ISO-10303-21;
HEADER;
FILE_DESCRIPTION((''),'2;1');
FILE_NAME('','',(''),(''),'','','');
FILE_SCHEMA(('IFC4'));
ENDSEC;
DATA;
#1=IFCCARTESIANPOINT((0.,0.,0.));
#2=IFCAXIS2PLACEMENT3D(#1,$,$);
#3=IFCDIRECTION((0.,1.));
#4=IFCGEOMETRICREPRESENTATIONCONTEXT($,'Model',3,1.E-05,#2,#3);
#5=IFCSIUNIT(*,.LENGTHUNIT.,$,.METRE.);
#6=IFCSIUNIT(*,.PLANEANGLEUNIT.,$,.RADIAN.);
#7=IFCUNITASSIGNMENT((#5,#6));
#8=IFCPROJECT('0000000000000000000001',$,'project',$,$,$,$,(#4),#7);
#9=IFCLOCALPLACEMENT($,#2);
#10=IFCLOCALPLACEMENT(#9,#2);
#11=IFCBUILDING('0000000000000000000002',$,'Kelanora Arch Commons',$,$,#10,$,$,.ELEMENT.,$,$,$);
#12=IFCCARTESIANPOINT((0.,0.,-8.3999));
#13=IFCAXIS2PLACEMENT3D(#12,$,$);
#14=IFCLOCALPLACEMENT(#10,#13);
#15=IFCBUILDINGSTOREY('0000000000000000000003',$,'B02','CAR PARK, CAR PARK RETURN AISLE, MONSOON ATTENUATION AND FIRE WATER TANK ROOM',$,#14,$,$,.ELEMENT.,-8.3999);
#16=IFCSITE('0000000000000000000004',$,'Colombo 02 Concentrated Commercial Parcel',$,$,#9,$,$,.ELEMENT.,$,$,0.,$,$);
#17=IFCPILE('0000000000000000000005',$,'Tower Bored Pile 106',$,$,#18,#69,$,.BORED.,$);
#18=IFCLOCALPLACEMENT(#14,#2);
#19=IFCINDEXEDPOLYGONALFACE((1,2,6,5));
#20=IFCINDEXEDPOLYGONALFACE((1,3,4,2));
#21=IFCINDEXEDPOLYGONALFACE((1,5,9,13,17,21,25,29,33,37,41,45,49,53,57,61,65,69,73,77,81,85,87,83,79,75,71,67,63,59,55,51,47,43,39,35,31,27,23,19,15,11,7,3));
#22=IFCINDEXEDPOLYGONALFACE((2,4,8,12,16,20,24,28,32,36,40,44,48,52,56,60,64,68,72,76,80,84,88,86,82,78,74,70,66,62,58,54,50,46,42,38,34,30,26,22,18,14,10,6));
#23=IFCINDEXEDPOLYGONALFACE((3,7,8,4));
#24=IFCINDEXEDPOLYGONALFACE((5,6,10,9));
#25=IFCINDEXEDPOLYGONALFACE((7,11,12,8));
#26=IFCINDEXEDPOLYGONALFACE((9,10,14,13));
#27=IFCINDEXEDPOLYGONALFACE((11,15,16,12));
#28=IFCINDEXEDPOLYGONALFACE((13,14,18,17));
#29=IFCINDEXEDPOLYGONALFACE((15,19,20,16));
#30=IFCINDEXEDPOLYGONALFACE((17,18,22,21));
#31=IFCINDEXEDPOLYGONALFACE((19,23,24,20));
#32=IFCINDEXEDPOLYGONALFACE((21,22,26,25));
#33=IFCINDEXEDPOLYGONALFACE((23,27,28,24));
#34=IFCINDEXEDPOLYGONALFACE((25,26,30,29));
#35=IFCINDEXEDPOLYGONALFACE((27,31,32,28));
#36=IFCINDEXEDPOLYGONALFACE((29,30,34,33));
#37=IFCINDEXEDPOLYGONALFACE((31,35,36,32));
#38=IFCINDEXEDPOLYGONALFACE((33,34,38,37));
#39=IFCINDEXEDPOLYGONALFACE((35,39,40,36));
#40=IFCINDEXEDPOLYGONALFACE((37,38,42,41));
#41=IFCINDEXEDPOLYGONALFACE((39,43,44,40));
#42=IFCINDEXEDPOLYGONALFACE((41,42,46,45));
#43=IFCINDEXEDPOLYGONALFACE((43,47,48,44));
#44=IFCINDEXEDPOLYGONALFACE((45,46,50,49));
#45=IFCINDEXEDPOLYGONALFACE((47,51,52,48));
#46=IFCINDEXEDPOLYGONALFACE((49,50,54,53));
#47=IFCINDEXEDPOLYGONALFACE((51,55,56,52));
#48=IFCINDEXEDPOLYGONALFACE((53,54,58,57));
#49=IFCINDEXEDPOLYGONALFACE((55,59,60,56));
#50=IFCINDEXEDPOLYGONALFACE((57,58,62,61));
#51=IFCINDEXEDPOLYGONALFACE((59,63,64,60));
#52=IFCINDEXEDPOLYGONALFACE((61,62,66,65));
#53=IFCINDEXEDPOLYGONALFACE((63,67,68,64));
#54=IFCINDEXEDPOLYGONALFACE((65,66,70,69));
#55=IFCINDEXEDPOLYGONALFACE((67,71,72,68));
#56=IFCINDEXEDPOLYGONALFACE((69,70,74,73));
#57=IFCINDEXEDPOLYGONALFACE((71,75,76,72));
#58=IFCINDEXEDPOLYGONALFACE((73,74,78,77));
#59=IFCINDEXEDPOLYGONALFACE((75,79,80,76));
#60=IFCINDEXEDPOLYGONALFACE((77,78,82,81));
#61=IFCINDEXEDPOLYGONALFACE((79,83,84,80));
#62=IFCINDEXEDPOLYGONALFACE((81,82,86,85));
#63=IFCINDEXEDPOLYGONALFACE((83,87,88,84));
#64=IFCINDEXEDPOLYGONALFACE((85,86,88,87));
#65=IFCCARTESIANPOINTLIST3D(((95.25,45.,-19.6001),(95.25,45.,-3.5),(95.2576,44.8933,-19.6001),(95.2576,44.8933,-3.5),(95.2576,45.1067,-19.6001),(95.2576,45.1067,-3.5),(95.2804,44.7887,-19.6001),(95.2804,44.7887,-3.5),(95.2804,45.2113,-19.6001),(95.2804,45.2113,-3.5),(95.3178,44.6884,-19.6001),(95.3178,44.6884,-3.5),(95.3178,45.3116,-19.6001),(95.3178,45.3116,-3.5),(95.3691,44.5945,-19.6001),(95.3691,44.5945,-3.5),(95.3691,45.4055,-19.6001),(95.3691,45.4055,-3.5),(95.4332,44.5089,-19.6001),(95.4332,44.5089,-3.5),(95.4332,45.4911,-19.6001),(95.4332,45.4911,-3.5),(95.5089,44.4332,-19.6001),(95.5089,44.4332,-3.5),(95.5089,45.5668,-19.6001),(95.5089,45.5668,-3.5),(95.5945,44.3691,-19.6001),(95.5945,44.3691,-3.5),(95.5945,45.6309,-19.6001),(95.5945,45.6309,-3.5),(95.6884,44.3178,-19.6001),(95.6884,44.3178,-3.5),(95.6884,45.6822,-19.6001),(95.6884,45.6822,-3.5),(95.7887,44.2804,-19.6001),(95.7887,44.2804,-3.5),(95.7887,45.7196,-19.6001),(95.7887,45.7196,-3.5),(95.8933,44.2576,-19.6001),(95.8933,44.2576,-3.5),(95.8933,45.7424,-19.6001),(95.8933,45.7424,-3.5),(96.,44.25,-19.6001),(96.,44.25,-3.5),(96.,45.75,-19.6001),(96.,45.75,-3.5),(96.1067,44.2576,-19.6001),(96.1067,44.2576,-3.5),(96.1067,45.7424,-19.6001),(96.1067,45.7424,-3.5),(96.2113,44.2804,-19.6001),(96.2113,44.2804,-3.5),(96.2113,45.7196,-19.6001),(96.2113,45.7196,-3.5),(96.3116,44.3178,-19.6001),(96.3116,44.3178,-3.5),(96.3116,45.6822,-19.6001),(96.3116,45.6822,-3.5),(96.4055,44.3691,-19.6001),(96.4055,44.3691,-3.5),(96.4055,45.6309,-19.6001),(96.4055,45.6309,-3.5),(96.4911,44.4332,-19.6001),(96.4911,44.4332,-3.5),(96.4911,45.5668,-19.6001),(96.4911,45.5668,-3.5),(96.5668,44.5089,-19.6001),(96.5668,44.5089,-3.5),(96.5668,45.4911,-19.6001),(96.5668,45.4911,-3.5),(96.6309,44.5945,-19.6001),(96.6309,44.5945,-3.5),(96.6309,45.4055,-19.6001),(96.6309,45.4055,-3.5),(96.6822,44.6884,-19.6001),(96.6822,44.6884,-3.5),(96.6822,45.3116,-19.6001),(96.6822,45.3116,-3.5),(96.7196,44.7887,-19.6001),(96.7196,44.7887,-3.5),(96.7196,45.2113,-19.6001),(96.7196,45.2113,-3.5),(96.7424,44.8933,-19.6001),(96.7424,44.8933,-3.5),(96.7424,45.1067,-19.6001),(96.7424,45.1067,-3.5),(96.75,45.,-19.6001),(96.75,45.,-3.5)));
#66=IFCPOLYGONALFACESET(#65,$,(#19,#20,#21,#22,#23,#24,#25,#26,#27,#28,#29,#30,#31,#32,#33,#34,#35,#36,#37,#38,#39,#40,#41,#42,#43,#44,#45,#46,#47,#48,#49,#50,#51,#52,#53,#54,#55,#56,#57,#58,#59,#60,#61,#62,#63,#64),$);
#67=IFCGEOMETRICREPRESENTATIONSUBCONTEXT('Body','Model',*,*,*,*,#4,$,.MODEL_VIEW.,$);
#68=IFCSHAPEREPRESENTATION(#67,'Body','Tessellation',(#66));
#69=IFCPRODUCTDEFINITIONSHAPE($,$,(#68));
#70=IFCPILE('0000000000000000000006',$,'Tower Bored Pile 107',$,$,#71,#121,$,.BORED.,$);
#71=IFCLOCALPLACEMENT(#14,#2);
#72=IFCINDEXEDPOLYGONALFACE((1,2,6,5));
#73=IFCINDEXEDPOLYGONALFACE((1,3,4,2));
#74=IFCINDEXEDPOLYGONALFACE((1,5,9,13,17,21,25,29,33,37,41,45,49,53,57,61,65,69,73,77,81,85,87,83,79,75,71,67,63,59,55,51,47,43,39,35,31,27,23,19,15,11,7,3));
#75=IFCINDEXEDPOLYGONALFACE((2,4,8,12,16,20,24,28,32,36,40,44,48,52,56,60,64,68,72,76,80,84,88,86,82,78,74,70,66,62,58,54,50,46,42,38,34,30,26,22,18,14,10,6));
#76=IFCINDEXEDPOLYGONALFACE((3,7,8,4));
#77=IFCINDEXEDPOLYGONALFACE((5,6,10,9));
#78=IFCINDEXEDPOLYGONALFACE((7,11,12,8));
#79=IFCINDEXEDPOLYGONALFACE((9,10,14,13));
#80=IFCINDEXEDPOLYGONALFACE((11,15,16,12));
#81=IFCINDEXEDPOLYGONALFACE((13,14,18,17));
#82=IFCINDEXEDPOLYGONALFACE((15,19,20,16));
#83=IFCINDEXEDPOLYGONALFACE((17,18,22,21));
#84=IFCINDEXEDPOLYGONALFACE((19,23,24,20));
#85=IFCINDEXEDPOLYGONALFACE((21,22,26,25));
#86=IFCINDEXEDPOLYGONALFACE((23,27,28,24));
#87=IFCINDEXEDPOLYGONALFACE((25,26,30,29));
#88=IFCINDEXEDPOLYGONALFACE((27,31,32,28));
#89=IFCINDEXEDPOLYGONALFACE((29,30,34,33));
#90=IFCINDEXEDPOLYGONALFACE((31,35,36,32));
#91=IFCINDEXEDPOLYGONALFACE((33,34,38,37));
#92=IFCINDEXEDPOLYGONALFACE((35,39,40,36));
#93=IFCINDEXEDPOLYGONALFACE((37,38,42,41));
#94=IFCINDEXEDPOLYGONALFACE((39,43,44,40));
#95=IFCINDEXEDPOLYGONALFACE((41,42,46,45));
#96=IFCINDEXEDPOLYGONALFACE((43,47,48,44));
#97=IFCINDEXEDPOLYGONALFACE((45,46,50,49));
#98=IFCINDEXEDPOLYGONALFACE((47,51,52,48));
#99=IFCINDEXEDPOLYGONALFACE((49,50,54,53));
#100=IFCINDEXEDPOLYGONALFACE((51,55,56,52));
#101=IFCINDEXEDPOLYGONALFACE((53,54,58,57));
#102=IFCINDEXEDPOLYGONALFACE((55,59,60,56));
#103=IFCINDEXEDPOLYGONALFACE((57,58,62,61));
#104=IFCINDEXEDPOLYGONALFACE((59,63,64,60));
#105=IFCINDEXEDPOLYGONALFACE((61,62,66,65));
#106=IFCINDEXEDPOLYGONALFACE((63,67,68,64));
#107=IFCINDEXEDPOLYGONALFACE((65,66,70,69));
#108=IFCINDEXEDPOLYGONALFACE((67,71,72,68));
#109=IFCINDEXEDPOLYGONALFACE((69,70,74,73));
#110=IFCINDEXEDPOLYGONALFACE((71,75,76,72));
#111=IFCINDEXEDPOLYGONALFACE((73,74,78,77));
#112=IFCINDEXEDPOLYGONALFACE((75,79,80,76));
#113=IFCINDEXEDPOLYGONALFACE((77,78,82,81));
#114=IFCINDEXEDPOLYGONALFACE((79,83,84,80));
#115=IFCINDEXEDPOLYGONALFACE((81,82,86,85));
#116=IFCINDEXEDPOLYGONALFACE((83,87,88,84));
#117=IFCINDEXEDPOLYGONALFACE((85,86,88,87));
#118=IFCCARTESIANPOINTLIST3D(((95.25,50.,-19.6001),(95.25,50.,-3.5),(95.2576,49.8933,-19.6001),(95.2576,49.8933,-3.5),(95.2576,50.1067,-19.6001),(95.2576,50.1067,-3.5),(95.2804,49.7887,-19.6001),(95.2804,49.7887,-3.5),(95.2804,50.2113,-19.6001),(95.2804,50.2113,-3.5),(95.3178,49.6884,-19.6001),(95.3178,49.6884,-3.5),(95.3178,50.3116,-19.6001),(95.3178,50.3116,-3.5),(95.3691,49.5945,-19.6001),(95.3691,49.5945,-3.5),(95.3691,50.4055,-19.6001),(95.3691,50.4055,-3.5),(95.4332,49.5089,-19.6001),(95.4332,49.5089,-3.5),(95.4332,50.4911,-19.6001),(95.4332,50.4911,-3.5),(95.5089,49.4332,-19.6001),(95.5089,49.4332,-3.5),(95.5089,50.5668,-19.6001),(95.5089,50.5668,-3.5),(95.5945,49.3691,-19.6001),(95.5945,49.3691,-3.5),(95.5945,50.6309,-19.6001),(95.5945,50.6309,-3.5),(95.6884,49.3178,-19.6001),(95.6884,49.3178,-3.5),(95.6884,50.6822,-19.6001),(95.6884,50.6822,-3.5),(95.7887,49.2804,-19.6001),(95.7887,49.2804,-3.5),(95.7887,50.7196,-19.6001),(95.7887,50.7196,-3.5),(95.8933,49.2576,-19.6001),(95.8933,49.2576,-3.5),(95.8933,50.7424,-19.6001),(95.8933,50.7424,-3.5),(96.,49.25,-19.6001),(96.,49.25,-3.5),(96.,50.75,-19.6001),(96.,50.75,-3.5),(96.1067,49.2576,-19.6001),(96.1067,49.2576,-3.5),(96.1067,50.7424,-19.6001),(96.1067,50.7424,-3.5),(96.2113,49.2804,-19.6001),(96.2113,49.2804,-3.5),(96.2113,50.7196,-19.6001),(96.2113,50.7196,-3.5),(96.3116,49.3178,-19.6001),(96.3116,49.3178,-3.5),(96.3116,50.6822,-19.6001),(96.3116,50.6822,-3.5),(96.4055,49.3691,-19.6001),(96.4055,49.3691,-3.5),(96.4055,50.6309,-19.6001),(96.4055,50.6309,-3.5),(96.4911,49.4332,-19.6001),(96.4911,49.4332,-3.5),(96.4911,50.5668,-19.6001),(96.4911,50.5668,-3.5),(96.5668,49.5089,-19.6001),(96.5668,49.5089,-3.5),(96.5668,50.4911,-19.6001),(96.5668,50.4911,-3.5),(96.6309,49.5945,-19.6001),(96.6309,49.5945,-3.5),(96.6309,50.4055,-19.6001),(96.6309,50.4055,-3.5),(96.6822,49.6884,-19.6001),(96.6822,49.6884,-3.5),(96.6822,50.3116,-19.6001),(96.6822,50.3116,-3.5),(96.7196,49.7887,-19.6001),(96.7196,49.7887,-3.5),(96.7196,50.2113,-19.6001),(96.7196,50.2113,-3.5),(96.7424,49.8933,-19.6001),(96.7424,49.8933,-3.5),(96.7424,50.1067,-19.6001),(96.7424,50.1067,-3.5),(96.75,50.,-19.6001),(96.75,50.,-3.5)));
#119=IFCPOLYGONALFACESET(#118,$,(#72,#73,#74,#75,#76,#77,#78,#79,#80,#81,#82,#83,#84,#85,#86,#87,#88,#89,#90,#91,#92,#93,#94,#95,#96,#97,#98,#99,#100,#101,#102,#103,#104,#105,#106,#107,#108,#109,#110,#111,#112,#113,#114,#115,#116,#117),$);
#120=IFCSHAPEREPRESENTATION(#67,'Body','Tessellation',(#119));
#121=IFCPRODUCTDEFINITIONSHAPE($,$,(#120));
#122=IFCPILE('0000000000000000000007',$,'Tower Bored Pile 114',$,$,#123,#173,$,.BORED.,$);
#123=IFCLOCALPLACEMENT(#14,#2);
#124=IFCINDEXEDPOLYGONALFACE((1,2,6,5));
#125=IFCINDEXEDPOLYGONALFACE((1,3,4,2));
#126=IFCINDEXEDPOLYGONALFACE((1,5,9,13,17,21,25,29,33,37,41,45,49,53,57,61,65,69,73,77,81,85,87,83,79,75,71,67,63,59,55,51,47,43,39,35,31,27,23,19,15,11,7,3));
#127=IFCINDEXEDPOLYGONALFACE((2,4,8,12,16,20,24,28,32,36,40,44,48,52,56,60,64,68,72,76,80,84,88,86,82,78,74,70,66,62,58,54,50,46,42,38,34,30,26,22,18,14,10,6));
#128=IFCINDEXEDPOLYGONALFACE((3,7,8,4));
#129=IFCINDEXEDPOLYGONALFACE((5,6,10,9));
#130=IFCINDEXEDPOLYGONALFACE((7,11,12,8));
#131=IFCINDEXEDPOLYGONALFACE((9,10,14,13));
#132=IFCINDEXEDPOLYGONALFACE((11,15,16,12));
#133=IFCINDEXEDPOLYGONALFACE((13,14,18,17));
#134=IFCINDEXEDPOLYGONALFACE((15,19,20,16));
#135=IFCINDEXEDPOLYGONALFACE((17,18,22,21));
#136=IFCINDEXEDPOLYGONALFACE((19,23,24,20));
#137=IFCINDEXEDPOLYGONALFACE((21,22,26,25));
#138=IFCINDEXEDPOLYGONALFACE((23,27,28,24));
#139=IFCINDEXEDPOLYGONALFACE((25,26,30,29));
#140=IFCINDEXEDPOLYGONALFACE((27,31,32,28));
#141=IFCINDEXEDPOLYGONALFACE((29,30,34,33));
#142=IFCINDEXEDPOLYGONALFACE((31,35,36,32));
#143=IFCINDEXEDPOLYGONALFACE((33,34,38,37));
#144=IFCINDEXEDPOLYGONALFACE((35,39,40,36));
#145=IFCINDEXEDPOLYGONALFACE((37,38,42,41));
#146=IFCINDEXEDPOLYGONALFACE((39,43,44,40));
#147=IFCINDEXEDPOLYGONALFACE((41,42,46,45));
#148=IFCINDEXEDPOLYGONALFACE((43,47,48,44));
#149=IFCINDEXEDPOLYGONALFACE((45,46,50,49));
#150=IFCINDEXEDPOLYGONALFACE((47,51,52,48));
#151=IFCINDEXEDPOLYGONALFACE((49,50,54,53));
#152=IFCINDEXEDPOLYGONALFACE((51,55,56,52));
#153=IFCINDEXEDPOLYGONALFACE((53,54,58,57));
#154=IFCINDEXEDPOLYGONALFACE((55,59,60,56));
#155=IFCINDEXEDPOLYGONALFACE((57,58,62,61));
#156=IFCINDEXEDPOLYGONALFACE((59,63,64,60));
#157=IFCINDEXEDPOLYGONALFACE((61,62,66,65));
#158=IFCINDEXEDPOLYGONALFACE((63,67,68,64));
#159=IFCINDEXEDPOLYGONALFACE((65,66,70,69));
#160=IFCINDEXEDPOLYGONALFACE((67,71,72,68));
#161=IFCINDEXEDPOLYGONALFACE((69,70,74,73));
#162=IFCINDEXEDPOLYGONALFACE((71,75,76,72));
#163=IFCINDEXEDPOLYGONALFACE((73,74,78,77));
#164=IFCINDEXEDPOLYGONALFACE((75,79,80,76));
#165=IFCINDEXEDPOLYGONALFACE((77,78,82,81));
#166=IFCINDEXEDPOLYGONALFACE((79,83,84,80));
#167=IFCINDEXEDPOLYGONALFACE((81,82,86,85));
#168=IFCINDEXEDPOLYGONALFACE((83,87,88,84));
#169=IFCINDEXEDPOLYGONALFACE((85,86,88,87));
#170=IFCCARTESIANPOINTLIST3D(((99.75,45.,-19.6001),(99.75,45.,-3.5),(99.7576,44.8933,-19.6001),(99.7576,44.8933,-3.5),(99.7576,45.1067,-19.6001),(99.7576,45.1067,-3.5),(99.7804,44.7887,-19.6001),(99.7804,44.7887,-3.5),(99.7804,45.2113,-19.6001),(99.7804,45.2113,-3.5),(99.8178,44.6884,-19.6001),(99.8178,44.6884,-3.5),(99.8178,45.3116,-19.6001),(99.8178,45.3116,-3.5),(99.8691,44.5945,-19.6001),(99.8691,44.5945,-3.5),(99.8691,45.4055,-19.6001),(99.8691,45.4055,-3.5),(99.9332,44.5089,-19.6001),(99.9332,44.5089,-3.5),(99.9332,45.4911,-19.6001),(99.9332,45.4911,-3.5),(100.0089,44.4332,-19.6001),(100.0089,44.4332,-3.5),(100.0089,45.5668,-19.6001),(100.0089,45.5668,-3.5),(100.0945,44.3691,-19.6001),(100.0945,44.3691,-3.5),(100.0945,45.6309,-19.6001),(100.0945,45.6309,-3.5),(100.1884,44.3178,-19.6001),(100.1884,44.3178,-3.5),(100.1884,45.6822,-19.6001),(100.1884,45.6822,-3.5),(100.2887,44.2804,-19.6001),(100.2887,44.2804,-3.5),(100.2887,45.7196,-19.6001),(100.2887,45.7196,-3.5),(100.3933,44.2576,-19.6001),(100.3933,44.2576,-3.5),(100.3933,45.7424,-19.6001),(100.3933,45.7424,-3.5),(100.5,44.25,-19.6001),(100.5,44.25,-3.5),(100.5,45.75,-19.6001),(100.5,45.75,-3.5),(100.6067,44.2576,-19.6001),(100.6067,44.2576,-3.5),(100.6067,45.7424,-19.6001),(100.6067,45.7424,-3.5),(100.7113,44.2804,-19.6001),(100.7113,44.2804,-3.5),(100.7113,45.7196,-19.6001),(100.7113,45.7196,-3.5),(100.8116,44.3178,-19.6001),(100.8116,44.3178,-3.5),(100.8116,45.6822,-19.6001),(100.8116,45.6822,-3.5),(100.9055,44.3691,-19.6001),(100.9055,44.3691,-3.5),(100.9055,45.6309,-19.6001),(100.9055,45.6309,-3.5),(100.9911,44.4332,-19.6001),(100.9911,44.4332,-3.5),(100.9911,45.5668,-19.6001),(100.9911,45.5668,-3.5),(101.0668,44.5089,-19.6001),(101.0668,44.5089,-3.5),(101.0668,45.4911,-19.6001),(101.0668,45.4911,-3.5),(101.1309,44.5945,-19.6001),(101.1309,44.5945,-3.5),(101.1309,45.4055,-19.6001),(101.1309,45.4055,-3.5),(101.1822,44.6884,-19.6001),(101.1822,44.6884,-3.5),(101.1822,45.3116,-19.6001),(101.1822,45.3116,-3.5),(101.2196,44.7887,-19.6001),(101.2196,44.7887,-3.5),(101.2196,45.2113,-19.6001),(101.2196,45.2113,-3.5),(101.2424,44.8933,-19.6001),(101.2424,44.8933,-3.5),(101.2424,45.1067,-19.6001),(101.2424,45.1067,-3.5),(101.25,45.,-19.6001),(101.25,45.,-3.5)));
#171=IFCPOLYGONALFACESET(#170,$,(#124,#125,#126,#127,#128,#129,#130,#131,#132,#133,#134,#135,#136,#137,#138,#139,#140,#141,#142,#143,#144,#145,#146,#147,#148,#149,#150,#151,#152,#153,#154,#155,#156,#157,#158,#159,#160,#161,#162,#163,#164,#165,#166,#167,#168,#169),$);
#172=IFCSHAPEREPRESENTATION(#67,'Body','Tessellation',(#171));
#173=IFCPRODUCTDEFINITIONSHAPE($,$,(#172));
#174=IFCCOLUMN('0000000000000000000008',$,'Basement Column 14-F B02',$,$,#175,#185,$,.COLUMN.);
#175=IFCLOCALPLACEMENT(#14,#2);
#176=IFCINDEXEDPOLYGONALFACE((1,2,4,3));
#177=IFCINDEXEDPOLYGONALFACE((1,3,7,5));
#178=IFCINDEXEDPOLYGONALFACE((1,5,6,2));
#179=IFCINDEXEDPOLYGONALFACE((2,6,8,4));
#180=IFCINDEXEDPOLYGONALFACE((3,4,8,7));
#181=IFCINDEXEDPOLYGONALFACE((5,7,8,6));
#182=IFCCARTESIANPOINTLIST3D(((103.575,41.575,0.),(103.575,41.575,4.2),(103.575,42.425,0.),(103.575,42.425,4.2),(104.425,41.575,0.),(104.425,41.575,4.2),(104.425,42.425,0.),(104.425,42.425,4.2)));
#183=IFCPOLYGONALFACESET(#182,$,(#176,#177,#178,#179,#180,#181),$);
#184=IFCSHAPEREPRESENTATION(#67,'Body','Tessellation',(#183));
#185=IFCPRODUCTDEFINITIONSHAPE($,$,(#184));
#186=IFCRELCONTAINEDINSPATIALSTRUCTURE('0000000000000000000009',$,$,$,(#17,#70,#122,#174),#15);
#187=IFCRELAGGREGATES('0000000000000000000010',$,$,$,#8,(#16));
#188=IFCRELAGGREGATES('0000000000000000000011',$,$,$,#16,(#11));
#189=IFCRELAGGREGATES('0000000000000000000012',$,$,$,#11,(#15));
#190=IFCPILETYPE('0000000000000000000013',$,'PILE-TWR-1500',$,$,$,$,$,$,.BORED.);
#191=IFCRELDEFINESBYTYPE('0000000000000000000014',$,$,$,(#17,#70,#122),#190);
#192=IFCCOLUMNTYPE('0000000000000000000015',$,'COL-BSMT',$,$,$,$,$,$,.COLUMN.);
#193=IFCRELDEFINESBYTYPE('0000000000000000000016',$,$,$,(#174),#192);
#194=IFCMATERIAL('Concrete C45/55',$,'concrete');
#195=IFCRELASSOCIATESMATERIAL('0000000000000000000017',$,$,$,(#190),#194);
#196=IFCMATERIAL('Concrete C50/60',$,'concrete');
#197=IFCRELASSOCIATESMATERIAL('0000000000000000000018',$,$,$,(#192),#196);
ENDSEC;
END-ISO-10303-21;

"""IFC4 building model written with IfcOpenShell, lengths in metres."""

from ifc_helpers import new_model, si_unit, direction, frame, origin, origin_2d, place, context, subcontext, project, spatial, rectangle, circle, extrude, source, transform, mapped, material, material_profile, profile_set, type_object, element, save


model = new_model("IFC4")

# Units and contexts
model_context = context("Model", 3, precision=1e-05, world=origin(), true_north=direction((0.0, 1.0)))
body_context = subcontext(model_context, "Body", "Model", "MODEL_VIEW")
ifc_project = project(units=[si_unit("LENGTHUNIT", "METRE"), si_unit("PLANEANGLEUNIT", "RADIAN")], contexts=[model_context])

# Site, building, storey
site_placement = place(None, origin())
site = spatial("IfcSite", under=ifc_project, at=site_placement, Name="Colombo 02 Concentrated Commercial Parcel", CompositionType="ELEMENT", RefElevation=0.0)
building_placement = place(site_placement, origin())
building = spatial("IfcBuilding", under=site, at=building_placement, Name="Kelanora Arch Commons", CompositionType="ELEMENT")
storey_placement = place(building_placement, frame((0.0, 0.0, -8.3999)))
storey = spatial("IfcBuildingStorey", under=building, at=storey_placement, Name="B02", Description="CAR PARK, CAR PARK RETURN AISLE, MONSOON ATTENUATION AND FIRE WATER TANK ROOM", CompositionType="ELEMENT", Elevation=-8.3999)

# Piles
ifc_material_1 = material(Name="Concrete C45/55", Category="concrete")
ifc_material_profile_1 = material_profile(ifc_material_1, circle(Radius=0.75, at=origin_2d()), Name="PILE1500")
ifc_profile_set_1 = profile_set([ifc_material_profile_1], Name="Concrete C45/55")
pile_type = type_object("IfcPileType", Name="PILE-TWR-1500", PredefinedType="BORED", material=ifc_profile_set_1)
shared_shape = source(origin(), body_context, "Body", "SweptSolid", [
    extrude(circle(Radius=0.75, at=origin_2d()), origin(), (0.0, 0.0, 1.0), 16.1001),
])
for number, where, z_axis, x_axis, name in (
    (1, (96.0, 45.0, -3.5), (0.0, 0.0, -1.0), (1.0, 0.0, 0.0), "Tower Bored Pile 106"),
    (2, (96.0, 50.0, -3.5), (0.0, 0.0, -1.0), (1.0, 0.0, 0.0), "Tower Bored Pile 107"),
    (3, (100.5, 45.0, -3.5), (0.0, 0.0, -1.0), (1.0, 0.0, 0.0), "Tower Bored Pile 114"),
):
    element("IfcPile", number, at=place(storey_placement, frame(where, z_axis=z_axis, x_axis=x_axis)), inside=storey, type_object=pile_type, Name=name, PredefinedType="BORED", context=body_context, shape_type="MappedRepresentation", body=[
        mapped(shared_shape, transform((0.0, 0.0, 0.0), scale=1.0)),
    ])

# Column
ifc_material_2 = material(Name="Concrete C50/60", Category="concrete")
ifc_material_profile_2 = material_profile(ifc_material_2, rectangle(XDim=0.8501, YDim=0.8501, at=origin_2d()), Name="RC850x850")
ifc_profile_set_2 = profile_set([ifc_material_profile_2], Name="Concrete C50/60")
column_type_1 = type_object("IfcColumnType", Name="COL-BSMT", PredefinedType="COLUMN", material=ifc_profile_set_2)
column_placement = place(storey_placement, frame((104.0, 42.0, 0.0), z_axis=(0.0, 0.0, 1.0), x_axis=(1.0, 0.0, 0.0)))
element("IfcColumn", 4, at=column_placement, inside=storey, type_object=column_type_1, Name="Basement Column 14-F B02", PredefinedType="COLUMN", context=body_context, shape_type="SweptSolid", body=[
    extrude(rectangle(XDim=0.8501, YDim=0.8501, at=origin_2d()), origin(), (0.0, 0.0, 1.0), 4.2),
])

save(model, "model.ifc")
